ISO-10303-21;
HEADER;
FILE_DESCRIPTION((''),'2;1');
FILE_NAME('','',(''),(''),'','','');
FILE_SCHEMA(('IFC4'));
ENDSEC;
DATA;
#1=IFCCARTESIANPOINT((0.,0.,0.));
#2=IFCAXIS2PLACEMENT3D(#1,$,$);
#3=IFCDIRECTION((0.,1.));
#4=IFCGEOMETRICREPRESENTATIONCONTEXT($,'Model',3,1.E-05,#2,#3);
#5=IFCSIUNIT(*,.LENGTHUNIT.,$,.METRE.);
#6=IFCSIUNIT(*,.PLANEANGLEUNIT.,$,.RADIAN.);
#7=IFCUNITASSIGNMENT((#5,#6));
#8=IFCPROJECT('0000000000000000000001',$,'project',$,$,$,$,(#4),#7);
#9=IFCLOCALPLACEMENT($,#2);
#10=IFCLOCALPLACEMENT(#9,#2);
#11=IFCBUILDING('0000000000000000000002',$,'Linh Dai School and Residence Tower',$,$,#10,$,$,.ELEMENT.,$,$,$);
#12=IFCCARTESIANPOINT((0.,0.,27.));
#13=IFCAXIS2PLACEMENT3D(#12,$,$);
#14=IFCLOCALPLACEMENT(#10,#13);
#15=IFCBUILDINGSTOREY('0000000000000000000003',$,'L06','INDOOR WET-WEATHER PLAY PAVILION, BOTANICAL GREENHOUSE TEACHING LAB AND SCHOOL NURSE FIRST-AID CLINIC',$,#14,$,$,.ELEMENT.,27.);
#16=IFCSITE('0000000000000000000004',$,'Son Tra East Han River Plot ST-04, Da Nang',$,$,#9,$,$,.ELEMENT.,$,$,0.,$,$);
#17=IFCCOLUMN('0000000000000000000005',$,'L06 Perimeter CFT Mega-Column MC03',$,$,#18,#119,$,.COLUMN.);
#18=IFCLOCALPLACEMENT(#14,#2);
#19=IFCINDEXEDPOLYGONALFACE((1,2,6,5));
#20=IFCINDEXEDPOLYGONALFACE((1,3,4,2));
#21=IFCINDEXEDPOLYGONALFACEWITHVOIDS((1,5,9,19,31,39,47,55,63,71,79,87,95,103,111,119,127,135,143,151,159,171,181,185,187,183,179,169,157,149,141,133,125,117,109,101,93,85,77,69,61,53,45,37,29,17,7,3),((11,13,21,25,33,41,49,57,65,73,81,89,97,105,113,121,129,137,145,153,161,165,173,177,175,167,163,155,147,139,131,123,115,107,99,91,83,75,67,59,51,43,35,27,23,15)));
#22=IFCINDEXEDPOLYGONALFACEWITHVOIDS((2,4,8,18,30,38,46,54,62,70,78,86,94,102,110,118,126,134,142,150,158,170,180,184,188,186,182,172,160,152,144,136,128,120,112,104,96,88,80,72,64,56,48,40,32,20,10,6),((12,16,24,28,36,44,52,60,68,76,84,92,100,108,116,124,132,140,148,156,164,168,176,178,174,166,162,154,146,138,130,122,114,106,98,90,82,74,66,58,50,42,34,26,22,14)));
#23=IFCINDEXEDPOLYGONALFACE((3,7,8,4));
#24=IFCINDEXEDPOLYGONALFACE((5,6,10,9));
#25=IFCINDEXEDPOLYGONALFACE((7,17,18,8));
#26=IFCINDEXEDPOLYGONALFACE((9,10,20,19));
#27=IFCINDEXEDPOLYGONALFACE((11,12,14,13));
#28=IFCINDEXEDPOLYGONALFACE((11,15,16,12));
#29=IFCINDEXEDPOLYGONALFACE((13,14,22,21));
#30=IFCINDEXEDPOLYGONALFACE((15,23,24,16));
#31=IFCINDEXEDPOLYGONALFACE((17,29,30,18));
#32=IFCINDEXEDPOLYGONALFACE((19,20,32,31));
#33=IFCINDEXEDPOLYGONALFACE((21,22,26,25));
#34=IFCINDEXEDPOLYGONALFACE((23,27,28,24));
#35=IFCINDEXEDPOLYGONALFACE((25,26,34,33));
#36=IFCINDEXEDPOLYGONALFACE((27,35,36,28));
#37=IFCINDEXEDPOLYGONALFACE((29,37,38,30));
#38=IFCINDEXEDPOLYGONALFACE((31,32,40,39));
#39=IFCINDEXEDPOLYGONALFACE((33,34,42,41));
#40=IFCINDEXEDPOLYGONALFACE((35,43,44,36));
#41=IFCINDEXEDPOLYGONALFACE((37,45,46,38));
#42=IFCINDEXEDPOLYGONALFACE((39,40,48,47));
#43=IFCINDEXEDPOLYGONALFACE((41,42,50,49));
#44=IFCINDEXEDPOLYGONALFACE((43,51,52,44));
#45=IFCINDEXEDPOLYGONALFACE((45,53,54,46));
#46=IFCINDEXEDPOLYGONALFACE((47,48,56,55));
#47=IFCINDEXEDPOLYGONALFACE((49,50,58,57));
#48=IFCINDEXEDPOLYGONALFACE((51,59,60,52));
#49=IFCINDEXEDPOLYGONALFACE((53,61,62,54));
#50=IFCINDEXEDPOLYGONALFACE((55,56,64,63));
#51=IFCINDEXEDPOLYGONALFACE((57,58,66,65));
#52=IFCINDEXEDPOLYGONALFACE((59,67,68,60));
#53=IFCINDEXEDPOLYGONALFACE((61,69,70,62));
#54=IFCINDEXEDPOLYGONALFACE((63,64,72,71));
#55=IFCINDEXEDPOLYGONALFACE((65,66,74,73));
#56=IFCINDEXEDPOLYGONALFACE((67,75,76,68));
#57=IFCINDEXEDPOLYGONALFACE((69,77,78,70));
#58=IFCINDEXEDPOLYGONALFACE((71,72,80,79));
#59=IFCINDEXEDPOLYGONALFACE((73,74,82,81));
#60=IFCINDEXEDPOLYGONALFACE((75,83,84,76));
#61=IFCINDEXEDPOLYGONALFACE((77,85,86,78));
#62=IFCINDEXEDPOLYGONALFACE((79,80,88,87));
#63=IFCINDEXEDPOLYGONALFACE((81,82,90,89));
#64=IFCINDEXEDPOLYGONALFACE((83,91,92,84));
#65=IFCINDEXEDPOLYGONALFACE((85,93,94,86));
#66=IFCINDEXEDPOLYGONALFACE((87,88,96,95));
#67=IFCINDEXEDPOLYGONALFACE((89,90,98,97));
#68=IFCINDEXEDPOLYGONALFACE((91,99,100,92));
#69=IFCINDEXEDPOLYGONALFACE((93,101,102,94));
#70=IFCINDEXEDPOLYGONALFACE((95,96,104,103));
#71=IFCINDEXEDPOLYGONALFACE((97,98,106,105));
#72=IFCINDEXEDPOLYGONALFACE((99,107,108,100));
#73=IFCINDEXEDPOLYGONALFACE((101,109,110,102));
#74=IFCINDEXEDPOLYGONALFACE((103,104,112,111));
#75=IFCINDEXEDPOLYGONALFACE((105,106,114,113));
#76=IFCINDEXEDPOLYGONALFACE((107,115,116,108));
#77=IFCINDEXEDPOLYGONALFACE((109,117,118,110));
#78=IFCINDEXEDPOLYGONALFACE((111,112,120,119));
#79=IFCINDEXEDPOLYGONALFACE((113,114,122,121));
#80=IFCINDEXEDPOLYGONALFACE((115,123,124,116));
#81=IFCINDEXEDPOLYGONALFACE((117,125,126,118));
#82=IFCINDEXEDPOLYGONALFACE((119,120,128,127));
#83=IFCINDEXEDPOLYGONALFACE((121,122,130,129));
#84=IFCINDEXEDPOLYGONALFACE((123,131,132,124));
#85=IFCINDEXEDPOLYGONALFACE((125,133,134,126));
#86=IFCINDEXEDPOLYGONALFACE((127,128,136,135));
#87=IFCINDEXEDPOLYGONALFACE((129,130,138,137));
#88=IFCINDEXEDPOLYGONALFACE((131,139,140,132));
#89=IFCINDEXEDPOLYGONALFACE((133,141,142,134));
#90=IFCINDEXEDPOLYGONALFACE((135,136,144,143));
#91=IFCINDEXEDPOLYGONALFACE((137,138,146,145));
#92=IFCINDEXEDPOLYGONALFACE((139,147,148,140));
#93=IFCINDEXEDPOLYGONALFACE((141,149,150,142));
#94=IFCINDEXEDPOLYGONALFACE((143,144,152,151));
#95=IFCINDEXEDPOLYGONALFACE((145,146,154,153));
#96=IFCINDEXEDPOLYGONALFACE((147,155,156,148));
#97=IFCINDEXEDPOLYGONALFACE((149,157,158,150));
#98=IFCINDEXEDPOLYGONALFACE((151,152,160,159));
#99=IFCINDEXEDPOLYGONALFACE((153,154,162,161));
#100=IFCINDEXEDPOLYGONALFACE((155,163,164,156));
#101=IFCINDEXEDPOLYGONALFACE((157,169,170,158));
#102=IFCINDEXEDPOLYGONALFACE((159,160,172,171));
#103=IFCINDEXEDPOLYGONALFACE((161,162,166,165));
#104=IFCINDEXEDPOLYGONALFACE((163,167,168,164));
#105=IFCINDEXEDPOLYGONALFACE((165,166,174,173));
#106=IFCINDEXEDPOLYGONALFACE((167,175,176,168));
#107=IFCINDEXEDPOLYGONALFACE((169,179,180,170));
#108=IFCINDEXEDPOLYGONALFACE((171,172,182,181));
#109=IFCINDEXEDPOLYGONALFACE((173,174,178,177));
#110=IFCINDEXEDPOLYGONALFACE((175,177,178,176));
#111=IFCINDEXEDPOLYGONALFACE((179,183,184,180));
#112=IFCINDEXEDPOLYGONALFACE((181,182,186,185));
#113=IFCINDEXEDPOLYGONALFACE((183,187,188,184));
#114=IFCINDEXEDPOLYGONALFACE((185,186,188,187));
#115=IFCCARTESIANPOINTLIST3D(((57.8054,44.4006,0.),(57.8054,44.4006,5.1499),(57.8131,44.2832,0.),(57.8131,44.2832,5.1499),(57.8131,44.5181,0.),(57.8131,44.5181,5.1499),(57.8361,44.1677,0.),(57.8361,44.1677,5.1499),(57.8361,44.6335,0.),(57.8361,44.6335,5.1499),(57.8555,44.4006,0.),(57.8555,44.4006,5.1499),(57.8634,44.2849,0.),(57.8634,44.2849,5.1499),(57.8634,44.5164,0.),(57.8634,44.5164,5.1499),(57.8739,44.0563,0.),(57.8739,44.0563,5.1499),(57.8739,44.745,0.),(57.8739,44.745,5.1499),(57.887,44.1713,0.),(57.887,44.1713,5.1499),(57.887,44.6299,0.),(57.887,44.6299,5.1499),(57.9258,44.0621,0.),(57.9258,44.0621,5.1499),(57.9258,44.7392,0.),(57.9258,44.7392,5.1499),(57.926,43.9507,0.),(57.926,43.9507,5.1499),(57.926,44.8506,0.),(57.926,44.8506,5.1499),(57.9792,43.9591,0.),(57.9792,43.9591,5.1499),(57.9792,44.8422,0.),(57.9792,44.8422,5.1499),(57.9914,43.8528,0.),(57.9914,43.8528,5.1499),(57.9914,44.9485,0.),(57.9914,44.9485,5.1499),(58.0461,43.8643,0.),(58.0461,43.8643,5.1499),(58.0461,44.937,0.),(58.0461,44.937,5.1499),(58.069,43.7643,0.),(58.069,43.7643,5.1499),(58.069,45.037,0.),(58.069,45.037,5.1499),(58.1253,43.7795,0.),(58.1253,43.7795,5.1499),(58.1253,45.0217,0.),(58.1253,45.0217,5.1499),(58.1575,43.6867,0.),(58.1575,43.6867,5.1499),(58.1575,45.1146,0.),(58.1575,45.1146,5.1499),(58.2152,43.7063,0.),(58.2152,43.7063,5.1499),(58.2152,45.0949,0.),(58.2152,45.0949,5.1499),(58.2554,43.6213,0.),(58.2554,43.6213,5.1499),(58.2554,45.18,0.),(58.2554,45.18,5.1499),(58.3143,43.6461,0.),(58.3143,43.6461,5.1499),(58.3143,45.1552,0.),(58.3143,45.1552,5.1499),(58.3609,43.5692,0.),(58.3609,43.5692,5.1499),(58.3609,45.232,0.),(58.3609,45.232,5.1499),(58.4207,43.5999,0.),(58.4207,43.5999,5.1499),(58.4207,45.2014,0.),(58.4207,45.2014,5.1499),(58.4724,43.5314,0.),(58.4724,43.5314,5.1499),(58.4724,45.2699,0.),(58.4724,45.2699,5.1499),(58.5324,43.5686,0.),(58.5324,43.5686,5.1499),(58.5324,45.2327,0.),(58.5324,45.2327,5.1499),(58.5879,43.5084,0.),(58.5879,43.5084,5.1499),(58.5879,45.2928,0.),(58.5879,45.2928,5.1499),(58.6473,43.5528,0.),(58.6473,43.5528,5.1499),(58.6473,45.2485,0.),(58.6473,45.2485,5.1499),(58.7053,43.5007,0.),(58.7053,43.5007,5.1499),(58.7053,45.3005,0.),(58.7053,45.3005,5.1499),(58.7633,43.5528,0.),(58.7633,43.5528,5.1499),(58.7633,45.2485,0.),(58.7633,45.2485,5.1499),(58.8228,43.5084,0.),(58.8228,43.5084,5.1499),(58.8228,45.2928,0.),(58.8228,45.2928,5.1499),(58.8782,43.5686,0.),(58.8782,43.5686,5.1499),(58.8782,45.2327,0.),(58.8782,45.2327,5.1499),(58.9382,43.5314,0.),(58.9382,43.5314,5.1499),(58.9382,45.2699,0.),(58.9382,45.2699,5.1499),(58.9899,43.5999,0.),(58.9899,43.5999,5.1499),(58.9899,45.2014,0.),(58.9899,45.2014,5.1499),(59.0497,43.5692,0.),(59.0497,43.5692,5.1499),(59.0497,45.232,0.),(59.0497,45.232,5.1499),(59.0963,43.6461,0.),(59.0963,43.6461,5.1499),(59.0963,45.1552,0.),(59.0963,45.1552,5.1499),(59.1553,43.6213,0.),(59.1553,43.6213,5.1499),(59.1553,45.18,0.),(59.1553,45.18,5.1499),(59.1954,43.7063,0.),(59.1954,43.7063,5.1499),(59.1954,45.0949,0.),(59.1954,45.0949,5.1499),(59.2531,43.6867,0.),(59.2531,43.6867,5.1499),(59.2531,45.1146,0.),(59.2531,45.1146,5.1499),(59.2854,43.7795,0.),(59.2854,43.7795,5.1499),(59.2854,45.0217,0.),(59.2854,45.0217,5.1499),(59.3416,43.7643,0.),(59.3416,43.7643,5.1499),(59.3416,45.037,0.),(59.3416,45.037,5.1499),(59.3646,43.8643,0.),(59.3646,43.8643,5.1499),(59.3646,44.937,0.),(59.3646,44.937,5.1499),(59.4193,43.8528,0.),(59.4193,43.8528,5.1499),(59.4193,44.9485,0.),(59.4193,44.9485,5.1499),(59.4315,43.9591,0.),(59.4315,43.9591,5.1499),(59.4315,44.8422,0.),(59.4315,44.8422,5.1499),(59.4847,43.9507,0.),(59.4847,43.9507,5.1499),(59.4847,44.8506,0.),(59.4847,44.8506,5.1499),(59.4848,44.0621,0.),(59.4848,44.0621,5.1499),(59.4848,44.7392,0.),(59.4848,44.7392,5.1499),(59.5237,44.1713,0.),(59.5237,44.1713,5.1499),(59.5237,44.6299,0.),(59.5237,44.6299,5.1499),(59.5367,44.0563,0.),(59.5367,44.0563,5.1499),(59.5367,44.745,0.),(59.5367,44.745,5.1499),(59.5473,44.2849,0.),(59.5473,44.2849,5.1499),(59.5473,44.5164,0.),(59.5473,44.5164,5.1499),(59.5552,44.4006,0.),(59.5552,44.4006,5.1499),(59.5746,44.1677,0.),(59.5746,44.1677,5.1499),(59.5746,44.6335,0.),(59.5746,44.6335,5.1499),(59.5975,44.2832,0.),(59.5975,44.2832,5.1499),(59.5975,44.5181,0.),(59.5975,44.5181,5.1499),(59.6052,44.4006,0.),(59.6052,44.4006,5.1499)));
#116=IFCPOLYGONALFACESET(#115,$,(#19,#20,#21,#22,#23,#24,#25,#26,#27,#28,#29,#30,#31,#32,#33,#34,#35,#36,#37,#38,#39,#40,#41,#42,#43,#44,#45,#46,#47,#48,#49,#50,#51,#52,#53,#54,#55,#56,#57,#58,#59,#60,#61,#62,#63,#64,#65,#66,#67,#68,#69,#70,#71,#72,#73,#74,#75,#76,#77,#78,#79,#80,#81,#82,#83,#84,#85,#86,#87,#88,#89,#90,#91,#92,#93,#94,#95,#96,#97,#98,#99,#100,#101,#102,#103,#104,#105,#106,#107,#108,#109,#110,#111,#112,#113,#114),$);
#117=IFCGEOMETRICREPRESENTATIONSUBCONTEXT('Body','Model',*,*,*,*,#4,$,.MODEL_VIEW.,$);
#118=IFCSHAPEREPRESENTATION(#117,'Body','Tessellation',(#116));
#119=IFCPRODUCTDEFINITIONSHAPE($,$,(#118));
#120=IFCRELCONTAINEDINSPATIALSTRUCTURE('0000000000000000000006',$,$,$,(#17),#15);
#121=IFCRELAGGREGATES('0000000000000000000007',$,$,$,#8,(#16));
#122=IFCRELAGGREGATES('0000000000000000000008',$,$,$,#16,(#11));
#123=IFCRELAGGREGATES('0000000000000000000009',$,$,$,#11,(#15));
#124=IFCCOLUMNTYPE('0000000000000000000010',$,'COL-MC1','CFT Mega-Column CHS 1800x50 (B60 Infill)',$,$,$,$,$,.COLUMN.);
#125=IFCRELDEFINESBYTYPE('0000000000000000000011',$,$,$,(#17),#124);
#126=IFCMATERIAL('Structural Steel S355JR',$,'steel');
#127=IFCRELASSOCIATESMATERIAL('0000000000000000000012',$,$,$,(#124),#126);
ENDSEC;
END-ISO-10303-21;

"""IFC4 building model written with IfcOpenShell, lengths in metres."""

from ifc_helpers import new_model, si_unit, direction, frame, origin, origin_2d, place, context, subcontext, project, spatial, hollow_circle, extrude, material, material_profile, profile_set, type_object, element, save


model = new_model("IFC4")

# Units and contexts
model_context = context("Model", 3, precision=1e-05, world=origin(), true_north=direction((0.0, 1.0)))
body_context = subcontext(model_context, "Body", "Model", "MODEL_VIEW")
ifc_project = project(units=[si_unit("LENGTHUNIT", "METRE"), si_unit("PLANEANGLEUNIT", "RADIAN")], contexts=[model_context])

# Site, building, storey
site_placement = place(None, origin())
site = spatial("IfcSite", under=ifc_project, at=site_placement, Name="Son Tra East Han River Plot ST-04, Da Nang", CompositionType="ELEMENT", RefElevation=0.0)
building_placement = place(site_placement, origin())
building = spatial("IfcBuilding", under=site, at=building_placement, Name="Linh Dai School and Residence Tower", CompositionType="ELEMENT")
storey_placement = place(building_placement, frame((0.0, 0.0, 27.0)))
storey = spatial("IfcBuildingStorey", under=building, at=storey_placement, Name="L06", Description="INDOOR WET-WEATHER PLAY PAVILION, BOTANICAL GREENHOUSE TEACHING LAB AND SCHOOL NURSE FIRST-AID CLINIC", CompositionType="ELEMENT", Elevation=27.0)

# Column
ifc_material_1 = material(Name="Structural Steel S355JR", Category="steel")
ifc_material_profile_1 = material_profile(ifc_material_1, hollow_circle(Radius=0.8999, WallThickness=0.05, at=origin_2d()), Name="CHS 1800x50")
ifc_profile_set_1 = profile_set([ifc_material_profile_1], Name="Structural Steel S355JR")
column_type = type_object("IfcColumnType", Name="COL-MC1", Description="CFT Mega-Column CHS 1800x50 (B60 Infill)", PredefinedType="COLUMN", material=ifc_profile_set_1)
for number, where, z_axis, x_axis, name in (
    (1, (58.7053, 44.4006, 0.0), (0.0, 0.0, 1.0), (1.0, 0.0, 0.0), "L06 Perimeter CFT Mega-Column MC03"),
):
    element("IfcColumn", number, at=place(storey_placement, frame(where, z_axis=z_axis, x_axis=x_axis)), inside=storey, type_object=column_type, Name=name, PredefinedType="COLUMN", context=body_context, shape_type="SweptSolid", body=[
        extrude(hollow_circle(Radius=0.8999, WallThickness=0.05, at=origin_2d()), origin(), (0.0, 0.0, 1.0), 5.1499),
    ])

save(model, "model.ifc")
